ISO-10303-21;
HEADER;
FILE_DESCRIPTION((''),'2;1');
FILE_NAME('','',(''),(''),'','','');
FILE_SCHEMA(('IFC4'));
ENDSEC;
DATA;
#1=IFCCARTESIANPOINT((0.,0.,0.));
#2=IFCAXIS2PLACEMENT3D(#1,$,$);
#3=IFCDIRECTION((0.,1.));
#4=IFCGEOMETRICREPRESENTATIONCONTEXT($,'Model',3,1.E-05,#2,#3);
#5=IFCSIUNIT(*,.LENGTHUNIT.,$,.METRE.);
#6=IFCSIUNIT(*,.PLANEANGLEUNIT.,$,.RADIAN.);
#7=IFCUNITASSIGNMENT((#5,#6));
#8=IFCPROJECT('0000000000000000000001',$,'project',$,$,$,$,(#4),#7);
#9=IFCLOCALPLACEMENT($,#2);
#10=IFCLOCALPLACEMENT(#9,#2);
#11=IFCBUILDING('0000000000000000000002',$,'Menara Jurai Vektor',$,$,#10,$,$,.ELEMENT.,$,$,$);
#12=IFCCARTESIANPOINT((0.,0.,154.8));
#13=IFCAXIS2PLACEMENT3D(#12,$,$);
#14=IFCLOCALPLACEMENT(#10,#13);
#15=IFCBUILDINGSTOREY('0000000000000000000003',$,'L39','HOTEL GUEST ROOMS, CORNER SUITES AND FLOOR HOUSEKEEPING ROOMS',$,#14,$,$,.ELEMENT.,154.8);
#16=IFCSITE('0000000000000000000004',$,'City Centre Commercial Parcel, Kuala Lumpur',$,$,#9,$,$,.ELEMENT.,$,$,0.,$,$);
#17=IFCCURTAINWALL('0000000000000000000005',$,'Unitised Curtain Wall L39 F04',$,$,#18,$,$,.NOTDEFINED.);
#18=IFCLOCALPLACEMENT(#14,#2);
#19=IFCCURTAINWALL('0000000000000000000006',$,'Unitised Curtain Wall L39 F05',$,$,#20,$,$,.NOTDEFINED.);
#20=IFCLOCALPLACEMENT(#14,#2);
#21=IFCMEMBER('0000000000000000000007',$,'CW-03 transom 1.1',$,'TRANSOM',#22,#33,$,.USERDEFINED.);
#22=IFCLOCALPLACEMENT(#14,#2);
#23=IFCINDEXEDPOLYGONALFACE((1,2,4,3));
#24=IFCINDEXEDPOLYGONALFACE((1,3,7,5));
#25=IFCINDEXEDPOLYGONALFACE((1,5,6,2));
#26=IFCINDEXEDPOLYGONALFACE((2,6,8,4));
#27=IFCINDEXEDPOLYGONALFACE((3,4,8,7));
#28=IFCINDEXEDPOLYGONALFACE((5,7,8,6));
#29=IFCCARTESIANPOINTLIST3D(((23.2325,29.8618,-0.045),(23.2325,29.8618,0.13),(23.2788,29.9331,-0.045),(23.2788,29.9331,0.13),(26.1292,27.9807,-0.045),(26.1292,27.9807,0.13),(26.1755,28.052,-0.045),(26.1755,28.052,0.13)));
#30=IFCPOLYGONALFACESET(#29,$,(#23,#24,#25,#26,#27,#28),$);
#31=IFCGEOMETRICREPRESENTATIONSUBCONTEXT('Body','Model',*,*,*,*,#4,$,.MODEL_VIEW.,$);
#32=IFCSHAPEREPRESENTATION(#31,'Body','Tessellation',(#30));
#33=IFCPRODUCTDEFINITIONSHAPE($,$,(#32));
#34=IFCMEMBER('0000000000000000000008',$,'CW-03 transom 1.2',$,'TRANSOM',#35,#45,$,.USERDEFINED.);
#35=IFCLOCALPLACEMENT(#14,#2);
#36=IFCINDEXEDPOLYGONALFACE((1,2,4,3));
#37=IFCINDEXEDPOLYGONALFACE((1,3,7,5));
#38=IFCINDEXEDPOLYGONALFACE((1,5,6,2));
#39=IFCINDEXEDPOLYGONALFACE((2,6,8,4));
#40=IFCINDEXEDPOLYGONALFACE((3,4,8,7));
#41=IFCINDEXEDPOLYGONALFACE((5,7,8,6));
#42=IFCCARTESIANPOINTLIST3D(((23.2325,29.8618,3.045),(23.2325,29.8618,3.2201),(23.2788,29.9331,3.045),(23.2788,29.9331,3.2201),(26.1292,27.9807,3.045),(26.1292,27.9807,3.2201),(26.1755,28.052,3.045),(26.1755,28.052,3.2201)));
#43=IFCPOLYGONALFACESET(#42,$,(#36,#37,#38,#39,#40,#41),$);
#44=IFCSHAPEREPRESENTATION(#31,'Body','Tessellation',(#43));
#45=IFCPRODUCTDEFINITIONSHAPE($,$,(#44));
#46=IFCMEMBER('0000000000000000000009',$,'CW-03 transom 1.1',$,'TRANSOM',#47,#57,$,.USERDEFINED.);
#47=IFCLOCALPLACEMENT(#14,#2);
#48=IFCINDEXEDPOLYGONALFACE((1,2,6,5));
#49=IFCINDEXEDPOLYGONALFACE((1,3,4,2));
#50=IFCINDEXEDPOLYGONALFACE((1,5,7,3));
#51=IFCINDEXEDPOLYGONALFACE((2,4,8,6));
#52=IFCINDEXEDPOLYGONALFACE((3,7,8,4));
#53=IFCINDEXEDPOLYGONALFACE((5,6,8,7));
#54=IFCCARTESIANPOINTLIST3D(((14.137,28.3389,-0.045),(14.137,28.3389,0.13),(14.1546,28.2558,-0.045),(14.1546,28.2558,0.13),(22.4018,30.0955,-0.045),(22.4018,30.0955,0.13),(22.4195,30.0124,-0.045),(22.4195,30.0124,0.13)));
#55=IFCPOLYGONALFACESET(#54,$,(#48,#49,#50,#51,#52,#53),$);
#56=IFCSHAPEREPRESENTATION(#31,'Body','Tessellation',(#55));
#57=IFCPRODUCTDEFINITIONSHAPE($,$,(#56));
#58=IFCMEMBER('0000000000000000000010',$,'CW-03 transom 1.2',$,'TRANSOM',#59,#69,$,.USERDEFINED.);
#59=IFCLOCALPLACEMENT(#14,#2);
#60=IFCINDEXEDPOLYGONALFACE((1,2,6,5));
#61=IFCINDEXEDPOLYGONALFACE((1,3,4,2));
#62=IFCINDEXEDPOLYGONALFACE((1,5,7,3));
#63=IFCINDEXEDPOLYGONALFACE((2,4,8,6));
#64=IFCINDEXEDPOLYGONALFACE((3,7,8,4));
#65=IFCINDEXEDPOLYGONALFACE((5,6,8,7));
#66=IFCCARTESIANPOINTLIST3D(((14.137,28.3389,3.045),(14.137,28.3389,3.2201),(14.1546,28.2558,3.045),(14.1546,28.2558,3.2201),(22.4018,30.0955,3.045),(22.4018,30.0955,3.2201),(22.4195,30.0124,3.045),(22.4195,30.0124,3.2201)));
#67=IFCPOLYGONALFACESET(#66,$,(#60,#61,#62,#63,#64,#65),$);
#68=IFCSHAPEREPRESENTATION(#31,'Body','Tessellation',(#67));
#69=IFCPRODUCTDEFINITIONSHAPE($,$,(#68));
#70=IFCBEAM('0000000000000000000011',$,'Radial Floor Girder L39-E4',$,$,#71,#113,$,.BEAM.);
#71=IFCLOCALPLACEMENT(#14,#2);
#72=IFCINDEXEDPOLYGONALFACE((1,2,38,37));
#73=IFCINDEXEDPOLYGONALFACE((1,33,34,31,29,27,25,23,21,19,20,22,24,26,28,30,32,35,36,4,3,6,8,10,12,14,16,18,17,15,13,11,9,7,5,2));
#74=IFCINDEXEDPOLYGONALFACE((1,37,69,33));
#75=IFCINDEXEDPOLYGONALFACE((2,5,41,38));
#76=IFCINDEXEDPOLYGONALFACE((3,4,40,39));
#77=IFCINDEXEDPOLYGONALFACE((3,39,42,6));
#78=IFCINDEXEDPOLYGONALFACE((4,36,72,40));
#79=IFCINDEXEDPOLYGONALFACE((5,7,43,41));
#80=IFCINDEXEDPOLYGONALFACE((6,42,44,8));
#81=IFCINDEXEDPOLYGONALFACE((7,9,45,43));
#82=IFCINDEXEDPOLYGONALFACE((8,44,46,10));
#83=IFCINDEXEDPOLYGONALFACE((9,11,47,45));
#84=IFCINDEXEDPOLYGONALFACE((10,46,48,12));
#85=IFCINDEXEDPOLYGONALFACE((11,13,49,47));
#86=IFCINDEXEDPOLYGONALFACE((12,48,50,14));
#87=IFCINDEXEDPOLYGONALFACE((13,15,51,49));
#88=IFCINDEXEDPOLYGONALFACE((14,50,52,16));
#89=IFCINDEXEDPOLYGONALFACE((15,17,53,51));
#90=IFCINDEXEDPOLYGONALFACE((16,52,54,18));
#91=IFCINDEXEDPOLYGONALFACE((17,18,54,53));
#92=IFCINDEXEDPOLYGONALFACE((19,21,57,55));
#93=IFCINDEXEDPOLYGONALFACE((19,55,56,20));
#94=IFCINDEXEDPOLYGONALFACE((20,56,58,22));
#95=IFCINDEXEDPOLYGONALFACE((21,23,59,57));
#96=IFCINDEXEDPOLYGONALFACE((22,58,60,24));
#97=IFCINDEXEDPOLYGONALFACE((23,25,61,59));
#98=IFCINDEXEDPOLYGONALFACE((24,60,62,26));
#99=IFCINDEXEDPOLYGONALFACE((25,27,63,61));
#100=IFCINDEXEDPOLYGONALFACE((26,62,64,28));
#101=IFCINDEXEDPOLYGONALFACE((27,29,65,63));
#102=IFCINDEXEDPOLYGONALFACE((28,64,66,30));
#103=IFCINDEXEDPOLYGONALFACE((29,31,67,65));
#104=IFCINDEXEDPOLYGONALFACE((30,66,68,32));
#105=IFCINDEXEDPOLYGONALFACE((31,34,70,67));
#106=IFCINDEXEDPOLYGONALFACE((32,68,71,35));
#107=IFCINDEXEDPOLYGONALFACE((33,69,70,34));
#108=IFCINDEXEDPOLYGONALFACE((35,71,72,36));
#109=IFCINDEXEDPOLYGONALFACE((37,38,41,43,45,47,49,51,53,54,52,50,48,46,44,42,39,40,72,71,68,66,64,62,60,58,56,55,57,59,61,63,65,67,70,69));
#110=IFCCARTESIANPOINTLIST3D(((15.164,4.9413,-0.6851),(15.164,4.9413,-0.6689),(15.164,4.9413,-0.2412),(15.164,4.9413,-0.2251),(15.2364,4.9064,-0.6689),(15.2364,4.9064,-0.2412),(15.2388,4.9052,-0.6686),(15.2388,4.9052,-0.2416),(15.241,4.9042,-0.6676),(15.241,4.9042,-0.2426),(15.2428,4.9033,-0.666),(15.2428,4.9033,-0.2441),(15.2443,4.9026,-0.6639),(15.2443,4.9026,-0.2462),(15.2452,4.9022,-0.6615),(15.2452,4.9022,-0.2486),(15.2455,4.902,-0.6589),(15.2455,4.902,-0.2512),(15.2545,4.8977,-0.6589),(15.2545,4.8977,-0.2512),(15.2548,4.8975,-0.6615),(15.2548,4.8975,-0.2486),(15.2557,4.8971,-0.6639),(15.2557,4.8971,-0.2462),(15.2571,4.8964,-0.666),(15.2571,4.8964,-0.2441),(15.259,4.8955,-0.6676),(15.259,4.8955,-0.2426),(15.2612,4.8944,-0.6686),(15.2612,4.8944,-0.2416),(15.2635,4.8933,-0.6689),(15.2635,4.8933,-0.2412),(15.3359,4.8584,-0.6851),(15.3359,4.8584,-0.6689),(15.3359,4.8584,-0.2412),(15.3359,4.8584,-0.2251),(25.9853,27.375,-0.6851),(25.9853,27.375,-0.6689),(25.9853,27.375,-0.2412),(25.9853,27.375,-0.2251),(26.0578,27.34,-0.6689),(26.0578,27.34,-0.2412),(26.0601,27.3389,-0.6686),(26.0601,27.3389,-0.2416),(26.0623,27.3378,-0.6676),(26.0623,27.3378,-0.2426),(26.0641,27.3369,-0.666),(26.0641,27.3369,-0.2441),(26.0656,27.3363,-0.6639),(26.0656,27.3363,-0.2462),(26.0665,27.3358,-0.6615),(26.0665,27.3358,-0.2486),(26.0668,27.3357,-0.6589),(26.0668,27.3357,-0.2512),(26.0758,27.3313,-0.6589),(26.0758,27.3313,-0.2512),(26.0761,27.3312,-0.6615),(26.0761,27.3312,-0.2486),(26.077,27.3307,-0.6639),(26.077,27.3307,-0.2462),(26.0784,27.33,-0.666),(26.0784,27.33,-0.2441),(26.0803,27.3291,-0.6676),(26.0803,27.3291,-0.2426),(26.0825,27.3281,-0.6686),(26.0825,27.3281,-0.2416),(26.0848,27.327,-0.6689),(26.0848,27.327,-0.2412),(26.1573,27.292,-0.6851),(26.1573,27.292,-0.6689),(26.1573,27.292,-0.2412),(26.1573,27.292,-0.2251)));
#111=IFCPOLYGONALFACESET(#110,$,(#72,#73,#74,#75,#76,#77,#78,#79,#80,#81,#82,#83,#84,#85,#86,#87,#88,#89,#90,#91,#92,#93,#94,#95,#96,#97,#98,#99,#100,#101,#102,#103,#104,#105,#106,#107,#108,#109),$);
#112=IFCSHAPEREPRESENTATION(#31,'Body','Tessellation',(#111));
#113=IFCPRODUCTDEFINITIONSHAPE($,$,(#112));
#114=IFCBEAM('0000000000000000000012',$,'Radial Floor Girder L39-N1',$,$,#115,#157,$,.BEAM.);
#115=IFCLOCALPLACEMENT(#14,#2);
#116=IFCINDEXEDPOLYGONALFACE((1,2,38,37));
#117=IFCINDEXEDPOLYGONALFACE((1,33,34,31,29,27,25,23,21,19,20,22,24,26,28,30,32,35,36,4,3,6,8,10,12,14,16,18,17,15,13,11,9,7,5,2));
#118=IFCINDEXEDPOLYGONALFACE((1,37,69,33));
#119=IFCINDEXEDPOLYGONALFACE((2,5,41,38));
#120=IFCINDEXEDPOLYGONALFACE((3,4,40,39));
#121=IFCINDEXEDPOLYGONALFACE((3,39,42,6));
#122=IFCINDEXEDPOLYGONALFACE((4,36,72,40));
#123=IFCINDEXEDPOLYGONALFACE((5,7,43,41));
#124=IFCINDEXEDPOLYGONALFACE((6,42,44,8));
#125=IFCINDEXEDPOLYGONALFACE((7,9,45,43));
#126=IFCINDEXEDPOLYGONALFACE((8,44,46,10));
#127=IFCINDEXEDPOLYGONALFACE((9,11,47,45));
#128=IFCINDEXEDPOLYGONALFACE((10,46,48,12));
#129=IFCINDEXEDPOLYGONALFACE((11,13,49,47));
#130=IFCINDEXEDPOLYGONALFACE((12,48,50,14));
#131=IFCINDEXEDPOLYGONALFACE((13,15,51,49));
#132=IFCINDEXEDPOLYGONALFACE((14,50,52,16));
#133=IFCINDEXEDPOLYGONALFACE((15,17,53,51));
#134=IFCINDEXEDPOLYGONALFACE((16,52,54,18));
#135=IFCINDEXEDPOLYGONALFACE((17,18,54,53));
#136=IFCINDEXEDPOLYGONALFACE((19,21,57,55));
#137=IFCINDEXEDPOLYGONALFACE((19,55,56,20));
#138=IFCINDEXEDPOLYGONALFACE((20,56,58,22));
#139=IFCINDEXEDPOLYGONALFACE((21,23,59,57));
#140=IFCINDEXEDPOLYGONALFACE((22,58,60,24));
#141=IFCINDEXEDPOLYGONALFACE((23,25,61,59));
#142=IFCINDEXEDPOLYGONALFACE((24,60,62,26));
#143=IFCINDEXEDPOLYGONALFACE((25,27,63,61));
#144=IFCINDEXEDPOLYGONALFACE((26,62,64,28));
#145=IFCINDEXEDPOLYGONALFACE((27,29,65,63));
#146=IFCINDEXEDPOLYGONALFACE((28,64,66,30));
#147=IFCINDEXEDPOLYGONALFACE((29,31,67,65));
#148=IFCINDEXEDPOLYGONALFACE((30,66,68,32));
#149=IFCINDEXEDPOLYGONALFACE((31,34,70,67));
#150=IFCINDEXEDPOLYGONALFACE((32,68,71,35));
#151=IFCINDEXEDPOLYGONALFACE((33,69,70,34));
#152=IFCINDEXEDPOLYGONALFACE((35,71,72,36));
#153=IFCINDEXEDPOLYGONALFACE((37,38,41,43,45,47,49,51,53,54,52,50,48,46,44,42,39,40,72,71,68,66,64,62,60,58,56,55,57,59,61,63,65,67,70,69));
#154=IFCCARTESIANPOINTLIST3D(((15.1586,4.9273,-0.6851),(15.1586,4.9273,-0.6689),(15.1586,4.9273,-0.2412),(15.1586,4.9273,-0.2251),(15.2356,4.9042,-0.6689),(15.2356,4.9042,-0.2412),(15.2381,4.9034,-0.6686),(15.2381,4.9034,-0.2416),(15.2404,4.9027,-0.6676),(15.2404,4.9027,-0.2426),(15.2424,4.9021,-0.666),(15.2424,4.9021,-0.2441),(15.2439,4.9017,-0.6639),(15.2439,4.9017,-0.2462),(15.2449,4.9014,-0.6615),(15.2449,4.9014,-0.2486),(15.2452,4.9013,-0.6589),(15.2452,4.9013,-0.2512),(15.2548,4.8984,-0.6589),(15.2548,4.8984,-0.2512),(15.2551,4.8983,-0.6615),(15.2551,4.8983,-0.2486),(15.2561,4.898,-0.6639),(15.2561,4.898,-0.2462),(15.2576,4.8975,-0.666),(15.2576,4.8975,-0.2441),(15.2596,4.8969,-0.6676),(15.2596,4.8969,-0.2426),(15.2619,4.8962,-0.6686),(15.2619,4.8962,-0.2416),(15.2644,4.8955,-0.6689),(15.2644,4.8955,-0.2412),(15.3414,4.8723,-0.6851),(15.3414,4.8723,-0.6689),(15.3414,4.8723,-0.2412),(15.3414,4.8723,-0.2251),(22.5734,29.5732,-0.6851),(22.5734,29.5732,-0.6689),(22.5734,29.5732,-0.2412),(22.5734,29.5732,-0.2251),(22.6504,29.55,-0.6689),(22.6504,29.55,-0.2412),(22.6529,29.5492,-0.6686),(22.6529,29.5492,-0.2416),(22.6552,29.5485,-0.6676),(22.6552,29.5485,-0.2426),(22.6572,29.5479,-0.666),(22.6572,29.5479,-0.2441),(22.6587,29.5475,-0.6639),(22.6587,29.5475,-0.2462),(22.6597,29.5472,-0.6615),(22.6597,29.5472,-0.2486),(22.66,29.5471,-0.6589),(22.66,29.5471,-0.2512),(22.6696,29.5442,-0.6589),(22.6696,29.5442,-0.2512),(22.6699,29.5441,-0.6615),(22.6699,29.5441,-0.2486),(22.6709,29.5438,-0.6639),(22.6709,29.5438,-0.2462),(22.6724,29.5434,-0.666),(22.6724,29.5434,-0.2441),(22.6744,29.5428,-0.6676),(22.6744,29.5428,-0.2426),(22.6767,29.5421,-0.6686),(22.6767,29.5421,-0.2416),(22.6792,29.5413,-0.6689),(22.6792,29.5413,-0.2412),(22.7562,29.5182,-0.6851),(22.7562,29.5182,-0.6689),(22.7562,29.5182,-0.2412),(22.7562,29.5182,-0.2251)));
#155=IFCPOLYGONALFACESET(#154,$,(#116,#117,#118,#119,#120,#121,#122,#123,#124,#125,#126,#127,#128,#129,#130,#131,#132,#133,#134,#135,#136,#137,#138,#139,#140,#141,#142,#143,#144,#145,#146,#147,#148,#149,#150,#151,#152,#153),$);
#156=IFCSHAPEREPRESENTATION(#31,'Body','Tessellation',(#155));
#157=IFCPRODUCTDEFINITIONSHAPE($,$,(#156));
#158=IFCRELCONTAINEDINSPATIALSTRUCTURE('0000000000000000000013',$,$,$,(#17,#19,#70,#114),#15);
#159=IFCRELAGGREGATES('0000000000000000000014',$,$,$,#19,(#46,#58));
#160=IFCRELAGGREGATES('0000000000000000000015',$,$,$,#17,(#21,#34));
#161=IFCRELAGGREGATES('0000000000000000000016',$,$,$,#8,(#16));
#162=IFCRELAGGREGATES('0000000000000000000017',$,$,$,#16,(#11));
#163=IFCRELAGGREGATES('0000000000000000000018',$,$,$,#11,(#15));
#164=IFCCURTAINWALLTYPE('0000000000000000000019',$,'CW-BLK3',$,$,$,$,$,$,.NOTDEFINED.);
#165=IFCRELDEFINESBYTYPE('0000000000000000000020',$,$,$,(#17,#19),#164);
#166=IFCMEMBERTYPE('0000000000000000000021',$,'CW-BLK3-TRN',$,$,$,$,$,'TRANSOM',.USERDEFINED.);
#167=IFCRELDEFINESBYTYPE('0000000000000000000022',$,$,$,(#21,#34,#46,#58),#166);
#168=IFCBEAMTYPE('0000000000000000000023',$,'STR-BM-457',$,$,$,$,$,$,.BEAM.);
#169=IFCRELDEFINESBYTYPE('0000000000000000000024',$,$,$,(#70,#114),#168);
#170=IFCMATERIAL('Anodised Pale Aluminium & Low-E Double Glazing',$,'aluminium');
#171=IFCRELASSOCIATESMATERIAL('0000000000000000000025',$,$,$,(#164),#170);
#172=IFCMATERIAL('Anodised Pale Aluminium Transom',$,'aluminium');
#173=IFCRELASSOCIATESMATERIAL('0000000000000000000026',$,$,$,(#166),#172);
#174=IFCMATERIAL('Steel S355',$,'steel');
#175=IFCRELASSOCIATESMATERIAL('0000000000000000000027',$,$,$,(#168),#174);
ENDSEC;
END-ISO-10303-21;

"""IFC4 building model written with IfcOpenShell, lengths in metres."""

from ifc_helpers import new_model, si_unit, direction, frame, origin, origin_2d, place, context, subcontext, project, spatial, rectangle, i_section, extrude, material, material_profile, profile_set, type_object, element, aggregate, save


model = new_model("IFC4")

# Units and contexts
model_context = context("Model", 3, precision=1e-05, world=origin(), true_north=direction((0.0, 1.0)))
body_context = subcontext(model_context, "Body", "Model", "MODEL_VIEW")
ifc_project = project(units=[si_unit("LENGTHUNIT", "METRE"), si_unit("PLANEANGLEUNIT", "RADIAN")], contexts=[model_context])

# Site, building, storey
site_placement = place(None, origin())
site = spatial("IfcSite", under=ifc_project, at=site_placement, Name="City Centre Commercial Parcel, Kuala Lumpur", CompositionType="ELEMENT", RefElevation=0.0)
building_placement = place(site_placement, origin())
building = spatial("IfcBuilding", under=site, at=building_placement, Name="Menara Jurai Vektor", CompositionType="ELEMENT")
storey_placement = place(building_placement, frame((0.0, 0.0, 154.8)))
storey = spatial("IfcBuildingStorey", under=building, at=storey_placement, Name="L39", Description="HOTEL GUEST ROOMS, CORNER SUITES AND FLOOR HOUSEKEEPING ROOMS", CompositionType="ELEMENT", Elevation=154.8)

# Curtain wall
ifc_material_1 = material(Name="Anodised Pale Aluminium & Low-E Double Glazing", Category="aluminium")
curtain_wall_type = type_object("IfcCurtainWallType", Name="CW-BLK3", PredefinedType="NOTDEFINED", material=ifc_material_1)
curtain_wall_1_placement = place(storey_placement, origin())
curtain_wall_1 = element("IfcCurtainWall", 1, at=curtain_wall_1_placement, inside=storey, type_object=curtain_wall_type, Name="Unitised Curtain Wall L39 F04", PredefinedType="NOTDEFINED")

# Curtain wall
curtain_wall_2_placement = place(storey_placement, origin())
curtain_wall_2 = element("IfcCurtainWall", 2, at=curtain_wall_2_placement, inside=storey, type_object=curtain_wall_type, Name="Unitised Curtain Wall L39 F05", PredefinedType="NOTDEFINED")

# Members
ifc_material_2 = material(Name="Anodised Pale Aluminium Transom", Category="aluminium")
ifc_material_profile_1 = material_profile(ifc_material_2, rectangle(XDim=0.085, YDim=0.175, at=origin_2d()), Name="ALU TRN 85x175")
ifc_profile_set_1 = profile_set([ifc_material_profile_1], Name="Anodised Pale Aluminium Transom")
member_type_1 = type_object("IfcMemberType", Name="CW-BLK3-TRN", ElementType="TRANSOM", PredefinedType="USERDEFINED", material=ifc_profile_set_1)
member_1_placement = place(storey_placement, frame((26.1523, 28.0164, 0.0425), z_axis=(-0.838678, 0.544628, 0.0), x_axis=(-0.544628, -0.838678, 0.0)))
member_1 = element("IfcMember", 3, at=member_1_placement, type_object=member_type_1, Name="CW-03 transom 1.1", ObjectType="TRANSOM", PredefinedType="USERDEFINED", context=body_context, shape_type="SweptSolid", body=[
    extrude(rectangle(XDim=0.085, YDim=0.175, at=origin_2d()), origin(), (0.0, 0.0, 1.0), 3.4539),
])
member_2_placement = place(storey_placement, frame((26.1523, 28.0164, 3.1326), z_axis=(-0.838678, 0.544628, 0.0), x_axis=(-0.544628, -0.838678, 0.0)))
member_2 = element("IfcMember", 4, at=member_2_placement, type_object=member_type_1, Name="CW-03 transom 1.2", ObjectType="TRANSOM", PredefinedType="USERDEFINED", context=body_context, shape_type="SweptSolid", body=[
    extrude(rectangle(XDim=0.085, YDim=0.175, at=origin_2d()), origin(), (0.0, 0.0, 1.0), 3.4539),
])
member_3_placement = place(storey_placement, frame((22.4106, 30.054, 0.0425), z_axis=(-0.978152, -0.207893, 0.0), x_axis=(0.207893, -0.978152, 0.0)))
member_3 = element("IfcMember", 5, at=member_3_placement, type_object=member_type_1, Name="CW-03 transom 1.1", ObjectType="TRANSOM", PredefinedType="USERDEFINED", context=body_context, shape_type="SweptSolid", body=[
    extrude(rectangle(XDim=0.085, YDim=0.175, at=origin_2d()), origin(), (0.0, 0.0, 1.0), 8.4495),
])
member_4_placement = place(storey_placement, frame((22.4106, 30.054, 3.1326), z_axis=(-0.978152, -0.207893, 0.0), x_axis=(0.207893, -0.978152, 0.0)))
member_4 = element("IfcMember", 6, at=member_4_placement, type_object=member_type_1, Name="CW-03 transom 1.2", ObjectType="TRANSOM", PredefinedType="USERDEFINED", context=body_context, shape_type="SweptSolid", body=[
    extrude(rectangle(XDim=0.085, YDim=0.175, at=origin_2d()), origin(), (0.0, 0.0, 1.0), 8.4495),
])

# Beams
ifc_material_3 = material(Name="Steel S355", Category="steel")
ifc_material_profile_2 = material_profile(ifc_material_3, i_section(OverallWidth=0.1909, OverallDepth=0.46, WebThickness=0.01, FlangeThickness=0.0161, FilletRadius=0.01, at=origin_2d()), Name="UKB 457x191x82")
ifc_profile_set_2 = profile_set([ifc_material_profile_2], Name="Steel S355")
beam_type_1 = type_object("IfcBeamType", Name="STR-BM-457", PredefinedType="BEAM", material=ifc_profile_set_2)
beam_1_placement = place(storey_placement, frame((26.0713, 27.3335, -0.4551), z_axis=(-0.434465, -0.900689, 0.0), x_axis=(0.900689, -0.434465, 0.0)))
element("IfcBeam", 7, at=beam_1_placement, inside=storey, type_object=beam_type_1, Name="Radial Floor Girder L39-E4", PredefinedType="BEAM", context=body_context, shape_type="SweptSolid", body=[
    extrude(i_section(OverallWidth=0.1909, OverallDepth=0.46, WebThickness=0.01, FlangeThickness=0.0161, FilletRadius=0.01, at=origin_2d()), origin(), (0.0, 0.0, 1.0), 24.9072),
])
beam_2_placement = place(storey_placement, frame((22.6648, 29.5457, -0.4551), z_axis=(-0.288099, -0.957601, 0.0), x_axis=(0.957601, -0.288099, 0.0)))
element("IfcBeam", 8, at=beam_2_placement, inside=storey, type_object=beam_type_1, Name="Radial Floor Girder L39-N1", PredefinedType="BEAM", context=body_context, shape_type="SweptSolid", body=[
    extrude(i_section(OverallWidth=0.1909, OverallDepth=0.46, WebThickness=0.01, FlangeThickness=0.0161, FilletRadius=0.01, at=origin_2d()), origin(), (0.0, 0.0, 1.0), 25.7371),
])

aggregate(curtain_wall_2, [member_3, member_4])
aggregate(curtain_wall_1, [member_1, member_2])

save(model, "model.ifc")
